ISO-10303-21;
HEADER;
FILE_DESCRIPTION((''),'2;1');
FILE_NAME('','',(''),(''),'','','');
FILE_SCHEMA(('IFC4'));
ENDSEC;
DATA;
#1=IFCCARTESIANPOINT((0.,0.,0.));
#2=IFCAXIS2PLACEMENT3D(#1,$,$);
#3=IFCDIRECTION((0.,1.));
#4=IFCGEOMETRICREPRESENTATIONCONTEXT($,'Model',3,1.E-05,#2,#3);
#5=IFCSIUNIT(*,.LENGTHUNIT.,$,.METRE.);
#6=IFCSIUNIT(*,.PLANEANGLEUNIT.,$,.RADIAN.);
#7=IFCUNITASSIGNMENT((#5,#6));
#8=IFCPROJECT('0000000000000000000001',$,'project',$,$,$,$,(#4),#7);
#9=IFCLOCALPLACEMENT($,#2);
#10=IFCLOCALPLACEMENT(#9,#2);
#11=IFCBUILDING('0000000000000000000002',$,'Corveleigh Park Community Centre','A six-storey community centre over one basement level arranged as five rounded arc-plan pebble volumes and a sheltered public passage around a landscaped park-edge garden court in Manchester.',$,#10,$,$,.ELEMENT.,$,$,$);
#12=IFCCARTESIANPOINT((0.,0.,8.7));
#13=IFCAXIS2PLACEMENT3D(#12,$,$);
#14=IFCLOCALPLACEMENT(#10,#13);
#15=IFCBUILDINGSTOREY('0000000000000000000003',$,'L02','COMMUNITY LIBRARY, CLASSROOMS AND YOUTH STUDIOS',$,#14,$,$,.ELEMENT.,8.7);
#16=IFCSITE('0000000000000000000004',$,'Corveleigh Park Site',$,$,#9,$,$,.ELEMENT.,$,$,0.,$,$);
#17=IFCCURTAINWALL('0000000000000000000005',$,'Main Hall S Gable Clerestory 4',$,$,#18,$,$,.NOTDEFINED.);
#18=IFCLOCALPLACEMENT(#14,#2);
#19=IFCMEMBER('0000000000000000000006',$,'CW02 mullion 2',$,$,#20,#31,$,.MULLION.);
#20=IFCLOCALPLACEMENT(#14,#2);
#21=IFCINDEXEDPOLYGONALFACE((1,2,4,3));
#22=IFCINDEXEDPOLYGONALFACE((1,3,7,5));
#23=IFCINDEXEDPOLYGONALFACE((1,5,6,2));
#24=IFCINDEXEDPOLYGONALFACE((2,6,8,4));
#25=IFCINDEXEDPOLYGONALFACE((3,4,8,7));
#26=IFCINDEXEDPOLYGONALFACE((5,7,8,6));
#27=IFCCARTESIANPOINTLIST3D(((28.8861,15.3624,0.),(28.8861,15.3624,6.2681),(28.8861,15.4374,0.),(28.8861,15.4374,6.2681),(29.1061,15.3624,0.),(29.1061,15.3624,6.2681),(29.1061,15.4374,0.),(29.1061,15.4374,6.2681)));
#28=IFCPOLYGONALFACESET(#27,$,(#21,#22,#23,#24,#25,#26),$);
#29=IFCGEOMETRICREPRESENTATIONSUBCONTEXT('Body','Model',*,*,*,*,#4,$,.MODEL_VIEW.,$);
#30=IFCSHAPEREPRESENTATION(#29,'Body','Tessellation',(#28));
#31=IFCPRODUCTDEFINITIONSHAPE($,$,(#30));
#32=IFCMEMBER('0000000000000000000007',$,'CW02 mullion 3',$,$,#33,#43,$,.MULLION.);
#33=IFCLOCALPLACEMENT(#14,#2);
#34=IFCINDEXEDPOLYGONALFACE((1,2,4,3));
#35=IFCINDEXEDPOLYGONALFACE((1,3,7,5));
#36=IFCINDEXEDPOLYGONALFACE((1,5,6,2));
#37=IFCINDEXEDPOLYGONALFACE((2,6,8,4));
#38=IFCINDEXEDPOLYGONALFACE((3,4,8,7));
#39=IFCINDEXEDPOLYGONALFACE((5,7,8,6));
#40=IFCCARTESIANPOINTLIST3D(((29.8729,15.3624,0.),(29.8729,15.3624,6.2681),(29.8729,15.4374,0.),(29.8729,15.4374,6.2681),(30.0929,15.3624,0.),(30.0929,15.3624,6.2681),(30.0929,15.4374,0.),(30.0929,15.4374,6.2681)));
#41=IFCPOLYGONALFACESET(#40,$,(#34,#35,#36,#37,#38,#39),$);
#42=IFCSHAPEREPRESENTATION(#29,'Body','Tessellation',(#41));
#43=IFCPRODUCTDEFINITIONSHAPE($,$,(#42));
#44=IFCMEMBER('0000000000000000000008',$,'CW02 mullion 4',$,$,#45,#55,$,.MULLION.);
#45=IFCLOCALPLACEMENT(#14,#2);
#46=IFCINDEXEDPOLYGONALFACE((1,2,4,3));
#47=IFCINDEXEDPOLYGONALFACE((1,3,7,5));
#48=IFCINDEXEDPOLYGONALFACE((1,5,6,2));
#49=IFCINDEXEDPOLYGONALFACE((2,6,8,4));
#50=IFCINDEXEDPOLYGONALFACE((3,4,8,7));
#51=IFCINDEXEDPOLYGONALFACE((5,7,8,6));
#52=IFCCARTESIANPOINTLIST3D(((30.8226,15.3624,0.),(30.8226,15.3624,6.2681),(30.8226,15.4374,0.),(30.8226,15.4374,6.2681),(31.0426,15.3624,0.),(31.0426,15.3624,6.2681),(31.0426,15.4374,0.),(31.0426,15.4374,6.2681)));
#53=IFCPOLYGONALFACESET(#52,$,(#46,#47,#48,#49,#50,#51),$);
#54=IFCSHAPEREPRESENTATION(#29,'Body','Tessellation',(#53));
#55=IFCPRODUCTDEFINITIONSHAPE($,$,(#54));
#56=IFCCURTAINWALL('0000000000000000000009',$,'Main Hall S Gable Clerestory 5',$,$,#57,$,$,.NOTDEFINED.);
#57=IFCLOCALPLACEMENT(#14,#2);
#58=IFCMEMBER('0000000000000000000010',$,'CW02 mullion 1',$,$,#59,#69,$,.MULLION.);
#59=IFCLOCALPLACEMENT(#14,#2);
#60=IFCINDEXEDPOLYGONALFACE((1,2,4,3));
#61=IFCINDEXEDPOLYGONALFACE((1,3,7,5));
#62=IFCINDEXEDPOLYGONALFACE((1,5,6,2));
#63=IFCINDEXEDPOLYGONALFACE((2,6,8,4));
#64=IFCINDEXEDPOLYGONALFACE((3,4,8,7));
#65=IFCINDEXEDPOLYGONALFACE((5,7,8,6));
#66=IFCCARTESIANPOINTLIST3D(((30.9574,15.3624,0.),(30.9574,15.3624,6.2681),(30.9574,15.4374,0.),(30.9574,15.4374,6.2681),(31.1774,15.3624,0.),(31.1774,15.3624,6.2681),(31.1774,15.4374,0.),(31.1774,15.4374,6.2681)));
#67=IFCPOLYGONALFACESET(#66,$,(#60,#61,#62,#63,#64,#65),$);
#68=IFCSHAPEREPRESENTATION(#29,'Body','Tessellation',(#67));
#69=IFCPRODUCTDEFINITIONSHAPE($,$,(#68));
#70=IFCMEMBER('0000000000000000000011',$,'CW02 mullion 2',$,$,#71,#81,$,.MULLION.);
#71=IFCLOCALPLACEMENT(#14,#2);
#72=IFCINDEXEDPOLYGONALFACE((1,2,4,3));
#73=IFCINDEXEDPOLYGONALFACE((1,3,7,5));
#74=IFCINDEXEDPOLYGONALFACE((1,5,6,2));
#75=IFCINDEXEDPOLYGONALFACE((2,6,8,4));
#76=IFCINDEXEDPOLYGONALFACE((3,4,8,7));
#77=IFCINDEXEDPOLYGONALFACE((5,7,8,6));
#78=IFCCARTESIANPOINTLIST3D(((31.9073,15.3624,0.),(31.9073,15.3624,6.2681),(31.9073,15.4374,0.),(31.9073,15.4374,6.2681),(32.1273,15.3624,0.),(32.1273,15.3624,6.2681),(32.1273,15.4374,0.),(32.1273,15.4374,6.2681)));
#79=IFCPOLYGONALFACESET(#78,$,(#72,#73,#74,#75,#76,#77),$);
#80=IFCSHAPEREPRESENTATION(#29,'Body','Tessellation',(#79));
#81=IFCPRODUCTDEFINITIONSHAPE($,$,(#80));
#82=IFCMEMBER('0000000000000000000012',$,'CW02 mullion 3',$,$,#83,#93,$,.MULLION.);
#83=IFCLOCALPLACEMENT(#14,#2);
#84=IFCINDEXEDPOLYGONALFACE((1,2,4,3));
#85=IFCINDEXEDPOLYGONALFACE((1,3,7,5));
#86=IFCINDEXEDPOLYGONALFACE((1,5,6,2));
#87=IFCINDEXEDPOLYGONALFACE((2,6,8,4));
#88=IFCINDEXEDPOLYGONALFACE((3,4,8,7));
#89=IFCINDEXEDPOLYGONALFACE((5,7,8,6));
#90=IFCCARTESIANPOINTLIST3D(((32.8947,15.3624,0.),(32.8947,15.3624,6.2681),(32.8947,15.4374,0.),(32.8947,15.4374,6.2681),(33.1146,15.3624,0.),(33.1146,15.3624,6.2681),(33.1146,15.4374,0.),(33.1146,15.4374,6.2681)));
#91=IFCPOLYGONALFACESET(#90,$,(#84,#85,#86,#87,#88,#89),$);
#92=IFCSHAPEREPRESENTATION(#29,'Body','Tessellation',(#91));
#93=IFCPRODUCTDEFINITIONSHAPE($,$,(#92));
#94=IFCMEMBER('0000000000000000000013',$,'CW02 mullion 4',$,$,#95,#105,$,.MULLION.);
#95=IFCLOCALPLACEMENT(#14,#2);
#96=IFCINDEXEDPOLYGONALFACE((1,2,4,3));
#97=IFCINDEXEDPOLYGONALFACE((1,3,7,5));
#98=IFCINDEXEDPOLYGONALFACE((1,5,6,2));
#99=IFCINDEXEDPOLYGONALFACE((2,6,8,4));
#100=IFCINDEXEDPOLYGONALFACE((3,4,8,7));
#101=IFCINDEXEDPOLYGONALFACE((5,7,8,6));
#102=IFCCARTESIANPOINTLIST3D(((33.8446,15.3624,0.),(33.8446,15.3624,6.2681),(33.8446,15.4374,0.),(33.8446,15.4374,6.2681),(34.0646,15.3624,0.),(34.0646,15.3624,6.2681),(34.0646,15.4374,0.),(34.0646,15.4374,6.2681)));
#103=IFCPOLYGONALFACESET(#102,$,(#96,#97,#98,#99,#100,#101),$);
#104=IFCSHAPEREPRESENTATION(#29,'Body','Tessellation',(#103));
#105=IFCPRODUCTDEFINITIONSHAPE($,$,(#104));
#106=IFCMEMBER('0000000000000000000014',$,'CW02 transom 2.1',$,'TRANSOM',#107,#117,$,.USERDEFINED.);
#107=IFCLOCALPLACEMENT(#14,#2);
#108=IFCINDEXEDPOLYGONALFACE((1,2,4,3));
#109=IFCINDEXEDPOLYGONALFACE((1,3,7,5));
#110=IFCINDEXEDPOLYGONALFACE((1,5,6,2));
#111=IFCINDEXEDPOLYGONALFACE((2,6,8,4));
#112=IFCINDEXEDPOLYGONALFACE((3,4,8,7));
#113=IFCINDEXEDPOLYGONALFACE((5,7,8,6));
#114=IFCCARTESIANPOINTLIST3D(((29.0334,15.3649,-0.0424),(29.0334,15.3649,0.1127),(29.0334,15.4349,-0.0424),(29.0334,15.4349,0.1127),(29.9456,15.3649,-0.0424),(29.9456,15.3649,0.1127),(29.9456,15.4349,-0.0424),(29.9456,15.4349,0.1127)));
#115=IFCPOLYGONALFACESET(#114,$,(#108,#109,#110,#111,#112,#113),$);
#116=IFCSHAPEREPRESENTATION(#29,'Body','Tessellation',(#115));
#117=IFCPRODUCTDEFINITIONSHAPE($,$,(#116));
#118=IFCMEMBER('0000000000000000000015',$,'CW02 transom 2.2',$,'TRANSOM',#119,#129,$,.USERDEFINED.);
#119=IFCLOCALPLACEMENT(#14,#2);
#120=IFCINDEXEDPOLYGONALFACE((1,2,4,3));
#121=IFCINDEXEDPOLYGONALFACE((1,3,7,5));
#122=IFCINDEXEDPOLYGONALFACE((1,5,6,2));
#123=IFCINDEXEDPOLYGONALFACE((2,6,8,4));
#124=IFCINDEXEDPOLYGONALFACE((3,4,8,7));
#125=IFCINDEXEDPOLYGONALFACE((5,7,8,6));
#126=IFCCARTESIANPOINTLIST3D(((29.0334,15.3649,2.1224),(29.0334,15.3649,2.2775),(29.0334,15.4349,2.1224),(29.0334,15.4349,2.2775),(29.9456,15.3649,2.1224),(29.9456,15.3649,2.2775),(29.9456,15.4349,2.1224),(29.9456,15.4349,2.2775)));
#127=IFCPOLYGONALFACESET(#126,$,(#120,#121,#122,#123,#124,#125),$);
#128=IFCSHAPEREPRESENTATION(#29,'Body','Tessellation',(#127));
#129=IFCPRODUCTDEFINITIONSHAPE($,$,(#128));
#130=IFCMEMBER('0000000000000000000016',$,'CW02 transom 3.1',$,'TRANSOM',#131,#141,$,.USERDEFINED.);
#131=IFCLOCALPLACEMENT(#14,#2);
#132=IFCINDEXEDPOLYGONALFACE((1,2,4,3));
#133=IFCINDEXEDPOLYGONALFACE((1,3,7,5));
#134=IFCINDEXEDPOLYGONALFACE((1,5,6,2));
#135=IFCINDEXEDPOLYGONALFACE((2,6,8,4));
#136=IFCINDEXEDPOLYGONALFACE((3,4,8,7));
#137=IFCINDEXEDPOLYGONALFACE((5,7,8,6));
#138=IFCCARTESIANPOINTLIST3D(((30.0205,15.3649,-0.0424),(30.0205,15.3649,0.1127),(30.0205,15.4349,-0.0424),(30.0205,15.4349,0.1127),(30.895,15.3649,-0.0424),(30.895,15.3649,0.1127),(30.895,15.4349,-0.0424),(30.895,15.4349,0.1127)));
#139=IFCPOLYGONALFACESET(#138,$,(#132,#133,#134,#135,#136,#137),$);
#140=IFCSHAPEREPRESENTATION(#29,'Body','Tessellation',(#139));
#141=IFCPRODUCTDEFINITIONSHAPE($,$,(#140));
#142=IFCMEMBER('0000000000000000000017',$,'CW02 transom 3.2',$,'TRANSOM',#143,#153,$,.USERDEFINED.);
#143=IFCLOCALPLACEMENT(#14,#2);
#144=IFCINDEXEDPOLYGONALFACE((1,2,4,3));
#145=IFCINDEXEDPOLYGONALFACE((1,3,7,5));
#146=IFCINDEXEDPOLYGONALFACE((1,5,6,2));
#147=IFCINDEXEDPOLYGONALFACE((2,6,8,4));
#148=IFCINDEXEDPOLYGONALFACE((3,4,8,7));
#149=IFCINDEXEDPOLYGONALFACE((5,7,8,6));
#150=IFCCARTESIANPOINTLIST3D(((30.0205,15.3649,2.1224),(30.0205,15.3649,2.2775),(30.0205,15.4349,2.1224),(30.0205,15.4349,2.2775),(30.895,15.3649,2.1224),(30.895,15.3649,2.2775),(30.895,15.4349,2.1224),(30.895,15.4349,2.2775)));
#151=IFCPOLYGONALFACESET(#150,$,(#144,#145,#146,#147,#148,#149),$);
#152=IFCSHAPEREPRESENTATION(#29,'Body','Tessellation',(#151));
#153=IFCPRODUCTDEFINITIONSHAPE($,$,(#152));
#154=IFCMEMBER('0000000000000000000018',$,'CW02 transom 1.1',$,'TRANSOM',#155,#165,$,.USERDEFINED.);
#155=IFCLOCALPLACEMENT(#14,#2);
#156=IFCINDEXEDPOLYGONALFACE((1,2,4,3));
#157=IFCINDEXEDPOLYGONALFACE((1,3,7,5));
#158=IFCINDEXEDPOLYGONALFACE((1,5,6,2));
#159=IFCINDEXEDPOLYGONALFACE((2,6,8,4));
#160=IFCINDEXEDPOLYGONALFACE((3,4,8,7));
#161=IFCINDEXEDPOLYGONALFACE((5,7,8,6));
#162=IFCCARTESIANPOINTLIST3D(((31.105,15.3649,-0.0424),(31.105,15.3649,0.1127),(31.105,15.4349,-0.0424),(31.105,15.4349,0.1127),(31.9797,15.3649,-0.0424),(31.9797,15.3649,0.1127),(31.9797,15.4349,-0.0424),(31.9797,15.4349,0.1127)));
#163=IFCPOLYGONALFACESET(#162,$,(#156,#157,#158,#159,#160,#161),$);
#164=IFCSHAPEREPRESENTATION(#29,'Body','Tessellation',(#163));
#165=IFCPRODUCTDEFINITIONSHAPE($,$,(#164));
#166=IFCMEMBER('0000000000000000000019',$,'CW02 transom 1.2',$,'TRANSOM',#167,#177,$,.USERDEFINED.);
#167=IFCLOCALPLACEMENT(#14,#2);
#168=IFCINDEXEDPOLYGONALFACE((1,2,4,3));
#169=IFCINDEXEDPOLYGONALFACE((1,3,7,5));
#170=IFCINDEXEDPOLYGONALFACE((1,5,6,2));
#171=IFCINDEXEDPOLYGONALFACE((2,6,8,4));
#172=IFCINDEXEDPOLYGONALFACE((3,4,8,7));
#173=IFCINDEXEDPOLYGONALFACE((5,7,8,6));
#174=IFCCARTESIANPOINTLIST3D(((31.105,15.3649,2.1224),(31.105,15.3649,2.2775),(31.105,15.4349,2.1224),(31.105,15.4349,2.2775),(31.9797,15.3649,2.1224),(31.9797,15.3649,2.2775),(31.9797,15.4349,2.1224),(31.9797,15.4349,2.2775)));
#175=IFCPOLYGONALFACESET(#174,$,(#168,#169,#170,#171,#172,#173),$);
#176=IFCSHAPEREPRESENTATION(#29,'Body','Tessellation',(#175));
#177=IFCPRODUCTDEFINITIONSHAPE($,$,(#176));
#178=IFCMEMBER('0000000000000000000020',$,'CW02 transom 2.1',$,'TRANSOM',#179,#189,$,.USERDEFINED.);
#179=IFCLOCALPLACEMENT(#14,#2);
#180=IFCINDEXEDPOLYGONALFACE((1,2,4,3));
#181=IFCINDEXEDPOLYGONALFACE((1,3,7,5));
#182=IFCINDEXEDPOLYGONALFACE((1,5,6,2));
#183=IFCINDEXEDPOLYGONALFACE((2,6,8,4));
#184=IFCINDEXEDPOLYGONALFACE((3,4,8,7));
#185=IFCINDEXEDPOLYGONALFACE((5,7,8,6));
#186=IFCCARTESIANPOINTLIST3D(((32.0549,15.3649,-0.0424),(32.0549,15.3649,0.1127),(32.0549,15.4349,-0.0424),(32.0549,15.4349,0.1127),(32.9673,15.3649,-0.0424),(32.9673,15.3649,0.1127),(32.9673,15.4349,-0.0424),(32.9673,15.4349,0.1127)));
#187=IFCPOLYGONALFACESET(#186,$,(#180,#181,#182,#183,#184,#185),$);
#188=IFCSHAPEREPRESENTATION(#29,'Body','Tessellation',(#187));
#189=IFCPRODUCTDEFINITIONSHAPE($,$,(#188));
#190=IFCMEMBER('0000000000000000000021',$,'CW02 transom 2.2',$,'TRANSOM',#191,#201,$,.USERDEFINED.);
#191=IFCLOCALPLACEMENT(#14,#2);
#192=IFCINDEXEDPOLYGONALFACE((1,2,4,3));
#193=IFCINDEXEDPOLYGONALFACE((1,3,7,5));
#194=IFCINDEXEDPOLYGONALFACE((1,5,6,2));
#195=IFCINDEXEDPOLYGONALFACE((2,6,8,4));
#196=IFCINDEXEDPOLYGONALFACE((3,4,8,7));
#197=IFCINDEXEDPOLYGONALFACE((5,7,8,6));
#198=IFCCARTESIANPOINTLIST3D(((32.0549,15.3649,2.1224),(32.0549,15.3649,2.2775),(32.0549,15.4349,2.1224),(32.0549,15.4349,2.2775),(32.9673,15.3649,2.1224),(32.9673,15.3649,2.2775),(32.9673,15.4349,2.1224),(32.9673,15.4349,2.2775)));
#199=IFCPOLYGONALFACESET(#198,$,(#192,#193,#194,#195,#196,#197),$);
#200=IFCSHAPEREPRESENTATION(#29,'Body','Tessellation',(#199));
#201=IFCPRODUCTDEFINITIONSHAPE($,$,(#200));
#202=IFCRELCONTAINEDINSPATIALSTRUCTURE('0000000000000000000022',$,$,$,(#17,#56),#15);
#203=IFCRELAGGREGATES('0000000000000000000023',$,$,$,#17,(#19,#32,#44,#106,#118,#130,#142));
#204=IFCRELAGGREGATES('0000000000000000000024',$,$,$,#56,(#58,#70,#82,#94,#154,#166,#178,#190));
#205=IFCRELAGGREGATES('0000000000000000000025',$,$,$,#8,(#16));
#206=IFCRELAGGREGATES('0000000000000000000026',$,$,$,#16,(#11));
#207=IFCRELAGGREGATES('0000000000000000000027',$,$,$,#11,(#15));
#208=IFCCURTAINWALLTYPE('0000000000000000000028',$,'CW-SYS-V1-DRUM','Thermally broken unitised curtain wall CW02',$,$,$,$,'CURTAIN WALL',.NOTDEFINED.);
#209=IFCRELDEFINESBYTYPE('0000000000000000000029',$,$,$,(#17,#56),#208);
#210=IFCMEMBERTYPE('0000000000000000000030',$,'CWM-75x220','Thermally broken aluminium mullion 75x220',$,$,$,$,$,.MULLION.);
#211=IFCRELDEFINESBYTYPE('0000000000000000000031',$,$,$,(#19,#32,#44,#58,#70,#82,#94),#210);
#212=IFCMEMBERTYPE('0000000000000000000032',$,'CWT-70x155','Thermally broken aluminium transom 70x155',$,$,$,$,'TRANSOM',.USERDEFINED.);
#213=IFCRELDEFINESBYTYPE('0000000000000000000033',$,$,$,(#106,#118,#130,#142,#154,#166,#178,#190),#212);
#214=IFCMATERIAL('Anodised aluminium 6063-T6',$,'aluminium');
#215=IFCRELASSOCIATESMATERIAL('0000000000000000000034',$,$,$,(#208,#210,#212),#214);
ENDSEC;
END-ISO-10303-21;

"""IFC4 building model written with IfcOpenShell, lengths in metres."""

from ifc_helpers import new_model, si_unit, direction, frame, origin, origin_2d, place, context, subcontext, project, spatial, rectangle, extrude, material, material_profile, profile_set, type_object, element, aggregate, save


model = new_model("IFC4")

# Units and contexts
model_context = context("Model", 3, precision=1e-05, world=origin(), true_north=direction((0.0, 1.0)))
body_context = subcontext(model_context, "Body", "Model", "MODEL_VIEW")
ifc_project = project(units=[si_unit("LENGTHUNIT", "METRE"), si_unit("PLANEANGLEUNIT", "RADIAN")], contexts=[model_context])

# Site, building, storey
site_placement = place(None, origin())
site = spatial("IfcSite", under=ifc_project, at=site_placement, Name="Corveleigh Park Site", CompositionType="ELEMENT", RefElevation=0.0)
building_placement = place(site_placement, origin())
building = spatial("IfcBuilding", under=site, at=building_placement, Name="Corveleigh Park Community Centre", Description="A six-storey community centre over one basement level arranged as five rounded arc-plan pebble volumes and a sheltered public passage around a landscaped park-edge garden court in Manchester.", CompositionType="ELEMENT")
storey_placement = place(building_placement, frame((0.0, 0.0, 8.7)))
storey = spatial("IfcBuildingStorey", under=building, at=storey_placement, Name="L02", Description="COMMUNITY LIBRARY, CLASSROOMS AND YOUTH STUDIOS", CompositionType="ELEMENT", Elevation=8.7)

# Curtain walls, members
ifc_material_1 = material(Name="Anodised aluminium 6063-T6", Category="aluminium")
curtain_wall_type = type_object("IfcCurtainWallType", Name="CW-SYS-V1-DRUM", Description="Thermally broken unitised curtain wall CW02", ElementType="CURTAIN WALL", PredefinedType="NOTDEFINED", material=ifc_material_1)
curtain_wall_1_placement = place(storey_placement, origin())
curtain_wall_1 = element("IfcCurtainWall", 1, at=curtain_wall_1_placement, inside=storey, type_object=curtain_wall_type, Name="Main Hall S Gable Clerestory 4", PredefinedType="NOTDEFINED")
ifc_material_profile_1 = material_profile(ifc_material_1, rectangle(XDim=0.075, YDim=0.22, at=origin_2d()), Name="ALU-M75x220", Category="aluminium")
ifc_profile_set_1 = profile_set([ifc_material_profile_1], Name="Anodised aluminium 6063-T6")
member_type_1 = type_object("IfcMemberType", Name="CWM-75x220", Description="Thermally broken aluminium mullion 75x220", PredefinedType="MULLION", material=ifc_profile_set_1)
member_1_placement = place(storey_placement, frame((28.9961, 15.3999, 0.0), z_axis=(0.0, 0.0, 1.0), x_axis=(0.0, 1.0, 0.0)))
member_1 = element("IfcMember", 2, at=member_1_placement, type_object=member_type_1, Name="CW02 mullion 2", PredefinedType="MULLION", context=body_context, shape_type="SweptSolid", body=[
    extrude(rectangle(XDim=0.075, YDim=0.22, at=origin_2d()), origin(), (0.0, 0.0, 1.0), 6.2681),
])
member_2_placement = place(storey_placement, frame((29.9829, 15.3999, 0.0), z_axis=(0.0, 0.0, 1.0), x_axis=(0.0, 1.0, 0.0)))
member_2 = element("IfcMember", 3, at=member_2_placement, type_object=member_type_1, Name="CW02 mullion 3", PredefinedType="MULLION", context=body_context, shape_type="SweptSolid", body=[
    extrude(rectangle(XDim=0.075, YDim=0.22, at=origin_2d()), origin(), (0.0, 0.0, 1.0), 6.2681),
])
member_3_placement = place(storey_placement, frame((30.9326, 15.3999, 0.0), z_axis=(0.0, 0.0, 1.0), x_axis=(0.0, 1.0, 0.0)))
member_3 = element("IfcMember", 4, at=member_3_placement, type_object=member_type_1, Name="CW02 mullion 4", PredefinedType="MULLION", context=body_context, shape_type="SweptSolid", body=[
    extrude(rectangle(XDim=0.075, YDim=0.22, at=origin_2d()), origin(), (0.0, 0.0, 1.0), 6.2681),
])
curtain_wall_2_placement = place(storey_placement, origin())
curtain_wall_2 = element("IfcCurtainWall", 5, at=curtain_wall_2_placement, inside=storey, type_object=curtain_wall_type, Name="Main Hall S Gable Clerestory 5", PredefinedType="NOTDEFINED")
member_4_placement = place(storey_placement, frame((31.0674, 15.3999, 0.0), z_axis=(0.0, 0.0, 1.0), x_axis=(0.0, 1.0, 0.0)))
member_4 = element("IfcMember", 6, at=member_4_placement, type_object=member_type_1, Name="CW02 mullion 1", PredefinedType="MULLION", context=body_context, shape_type="SweptSolid", body=[
    extrude(rectangle(XDim=0.075, YDim=0.22, at=origin_2d()), origin(), (0.0, 0.0, 1.0), 6.2681),
])
member_5_placement = place(storey_placement, frame((32.0173, 15.3999, 0.0), z_axis=(0.0, 0.0, 1.0), x_axis=(0.0, 1.0, 0.0)))
member_5 = element("IfcMember", 7, at=member_5_placement, type_object=member_type_1, Name="CW02 mullion 2", PredefinedType="MULLION", context=body_context, shape_type="SweptSolid", body=[
    extrude(rectangle(XDim=0.075, YDim=0.22, at=origin_2d()), origin(), (0.0, 0.0, 1.0), 6.2681),
])
member_6_placement = place(storey_placement, frame((33.0046, 15.3999, 0.0), z_axis=(0.0, 0.0, 1.0), x_axis=(0.0, 1.0, 0.0)))
member_6 = element("IfcMember", 8, at=member_6_placement, type_object=member_type_1, Name="CW02 mullion 3", PredefinedType="MULLION", context=body_context, shape_type="SweptSolid", body=[
    extrude(rectangle(XDim=0.075, YDim=0.22, at=origin_2d()), origin(), (0.0, 0.0, 1.0), 6.2681),
])
member_7_placement = place(storey_placement, frame((33.9546, 15.3999, 0.0), z_axis=(0.0, 0.0, 1.0), x_axis=(0.0, 1.0, 0.0)))
member_7 = element("IfcMember", 9, at=member_7_placement, type_object=member_type_1, Name="CW02 mullion 4", PredefinedType="MULLION", context=body_context, shape_type="SweptSolid", body=[
    extrude(rectangle(XDim=0.075, YDim=0.22, at=origin_2d()), origin(), (0.0, 0.0, 1.0), 6.2681),
])

# Members
ifc_material_profile_2 = material_profile(ifc_material_1, rectangle(XDim=0.0701, YDim=0.155, at=origin_2d()), Name="ALU-T70x155", Category="aluminium")
ifc_profile_set_2 = profile_set([ifc_material_profile_2], Name="Anodised aluminium 6063-T6")
member_type_2 = type_object("IfcMemberType", Name="CWT-70x155", Description="Thermally broken aluminium transom 70x155", ElementType="TRANSOM", PredefinedType="USERDEFINED", material=ifc_profile_set_2)
member_8_placement = place(storey_placement, frame((29.0334, 15.3999, 0.0352), z_axis=(1.0, 0.0, 0.0), x_axis=(0.0, 1.0, 0.0)))
member_8 = element("IfcMember", 10, at=member_8_placement, type_object=member_type_2, Name="CW02 transom 2.1", ObjectType="TRANSOM", PredefinedType="USERDEFINED", context=body_context, shape_type="SweptSolid", body=[
    extrude(rectangle(XDim=0.0701, YDim=0.155, at=origin_2d()), origin(), (0.0, 0.0, 1.0), 0.9121),
])
member_9_placement = place(storey_placement, frame((29.0334, 15.3999, 2.2), z_axis=(1.0, 0.0, 0.0), x_axis=(0.0, 1.0, 0.0)))
member_9 = element("IfcMember", 11, at=member_9_placement, type_object=member_type_2, Name="CW02 transom 2.2", ObjectType="TRANSOM", PredefinedType="USERDEFINED", context=body_context, shape_type="SweptSolid", body=[
    extrude(rectangle(XDim=0.0701, YDim=0.155, at=origin_2d()), origin(), (0.0, 0.0, 1.0), 0.9121),
])
member_10_placement = place(storey_placement, frame((30.0205, 15.3999, 0.0352), z_axis=(1.0, 0.0, 0.0), x_axis=(0.0, 1.0, 0.0)))
member_10 = element("IfcMember", 12, at=member_10_placement, type_object=member_type_2, Name="CW02 transom 3.1", ObjectType="TRANSOM", PredefinedType="USERDEFINED", context=body_context, shape_type="SweptSolid", body=[
    extrude(rectangle(XDim=0.0701, YDim=0.155, at=origin_2d()), origin(), (0.0, 0.0, 1.0), 0.8745),
])
member_11_placement = place(storey_placement, frame((30.0205, 15.3999, 2.2), z_axis=(1.0, 0.0, 0.0), x_axis=(0.0, 1.0, 0.0)))
member_11 = element("IfcMember", 13, at=member_11_placement, type_object=member_type_2, Name="CW02 transom 3.2", ObjectType="TRANSOM", PredefinedType="USERDEFINED", context=body_context, shape_type="SweptSolid", body=[
    extrude(rectangle(XDim=0.0701, YDim=0.155, at=origin_2d()), origin(), (0.0, 0.0, 1.0), 0.8745),
])
member_12_placement = place(storey_placement, frame((31.105, 15.3999, 0.0352), z_axis=(1.0, 0.0, 0.0), x_axis=(0.0, 1.0, 0.0)))
member_12 = element("IfcMember", 14, at=member_12_placement, type_object=member_type_2, Name="CW02 transom 1.1", ObjectType="TRANSOM", PredefinedType="USERDEFINED", context=body_context, shape_type="SweptSolid", body=[
    extrude(rectangle(XDim=0.0701, YDim=0.155, at=origin_2d()), origin(), (0.0, 0.0, 1.0), 0.8748),
])
member_13_placement = place(storey_placement, frame((31.105, 15.3999, 2.2), z_axis=(1.0, 0.0, 0.0), x_axis=(0.0, 1.0, 0.0)))
member_13 = element("IfcMember", 15, at=member_13_placement, type_object=member_type_2, Name="CW02 transom 1.2", ObjectType="TRANSOM", PredefinedType="USERDEFINED", context=body_context, shape_type="SweptSolid", body=[
    extrude(rectangle(XDim=0.0701, YDim=0.155, at=origin_2d()), origin(), (0.0, 0.0, 1.0), 0.8748),
])
member_14_placement = place(storey_placement, frame((32.0549, 15.3999, 0.0352), z_axis=(1.0, 0.0, 0.0), x_axis=(0.0, 1.0, 0.0)))
member_14 = element("IfcMember", 16, at=member_14_placement, type_object=member_type_2, Name="CW02 transom 2.1", ObjectType="TRANSOM", PredefinedType="USERDEFINED", context=body_context, shape_type="SweptSolid", body=[
    extrude(rectangle(XDim=0.0701, YDim=0.155, at=origin_2d()), origin(), (0.0, 0.0, 1.0), 0.9124),
])
member_15_placement = place(storey_placement, frame((32.0549, 15.3999, 2.2), z_axis=(1.0, 0.0, 0.0), x_axis=(0.0, 1.0, 0.0)))
member_15 = element("IfcMember", 17, at=member_15_placement, type_object=member_type_2, Name="CW02 transom 2.2", ObjectType="TRANSOM", PredefinedType="USERDEFINED", context=body_context, shape_type="SweptSolid", body=[
    extrude(rectangle(XDim=0.0701, YDim=0.155, at=origin_2d()), origin(), (0.0, 0.0, 1.0), 0.9124),
])

aggregate(curtain_wall_1, [member_1, member_2, member_3, member_8, member_9, member_10, member_11])
aggregate(curtain_wall_2, [member_4, member_5, member_6, member_7, member_12, member_13, member_14, member_15])

save(model, "model.ifc")
